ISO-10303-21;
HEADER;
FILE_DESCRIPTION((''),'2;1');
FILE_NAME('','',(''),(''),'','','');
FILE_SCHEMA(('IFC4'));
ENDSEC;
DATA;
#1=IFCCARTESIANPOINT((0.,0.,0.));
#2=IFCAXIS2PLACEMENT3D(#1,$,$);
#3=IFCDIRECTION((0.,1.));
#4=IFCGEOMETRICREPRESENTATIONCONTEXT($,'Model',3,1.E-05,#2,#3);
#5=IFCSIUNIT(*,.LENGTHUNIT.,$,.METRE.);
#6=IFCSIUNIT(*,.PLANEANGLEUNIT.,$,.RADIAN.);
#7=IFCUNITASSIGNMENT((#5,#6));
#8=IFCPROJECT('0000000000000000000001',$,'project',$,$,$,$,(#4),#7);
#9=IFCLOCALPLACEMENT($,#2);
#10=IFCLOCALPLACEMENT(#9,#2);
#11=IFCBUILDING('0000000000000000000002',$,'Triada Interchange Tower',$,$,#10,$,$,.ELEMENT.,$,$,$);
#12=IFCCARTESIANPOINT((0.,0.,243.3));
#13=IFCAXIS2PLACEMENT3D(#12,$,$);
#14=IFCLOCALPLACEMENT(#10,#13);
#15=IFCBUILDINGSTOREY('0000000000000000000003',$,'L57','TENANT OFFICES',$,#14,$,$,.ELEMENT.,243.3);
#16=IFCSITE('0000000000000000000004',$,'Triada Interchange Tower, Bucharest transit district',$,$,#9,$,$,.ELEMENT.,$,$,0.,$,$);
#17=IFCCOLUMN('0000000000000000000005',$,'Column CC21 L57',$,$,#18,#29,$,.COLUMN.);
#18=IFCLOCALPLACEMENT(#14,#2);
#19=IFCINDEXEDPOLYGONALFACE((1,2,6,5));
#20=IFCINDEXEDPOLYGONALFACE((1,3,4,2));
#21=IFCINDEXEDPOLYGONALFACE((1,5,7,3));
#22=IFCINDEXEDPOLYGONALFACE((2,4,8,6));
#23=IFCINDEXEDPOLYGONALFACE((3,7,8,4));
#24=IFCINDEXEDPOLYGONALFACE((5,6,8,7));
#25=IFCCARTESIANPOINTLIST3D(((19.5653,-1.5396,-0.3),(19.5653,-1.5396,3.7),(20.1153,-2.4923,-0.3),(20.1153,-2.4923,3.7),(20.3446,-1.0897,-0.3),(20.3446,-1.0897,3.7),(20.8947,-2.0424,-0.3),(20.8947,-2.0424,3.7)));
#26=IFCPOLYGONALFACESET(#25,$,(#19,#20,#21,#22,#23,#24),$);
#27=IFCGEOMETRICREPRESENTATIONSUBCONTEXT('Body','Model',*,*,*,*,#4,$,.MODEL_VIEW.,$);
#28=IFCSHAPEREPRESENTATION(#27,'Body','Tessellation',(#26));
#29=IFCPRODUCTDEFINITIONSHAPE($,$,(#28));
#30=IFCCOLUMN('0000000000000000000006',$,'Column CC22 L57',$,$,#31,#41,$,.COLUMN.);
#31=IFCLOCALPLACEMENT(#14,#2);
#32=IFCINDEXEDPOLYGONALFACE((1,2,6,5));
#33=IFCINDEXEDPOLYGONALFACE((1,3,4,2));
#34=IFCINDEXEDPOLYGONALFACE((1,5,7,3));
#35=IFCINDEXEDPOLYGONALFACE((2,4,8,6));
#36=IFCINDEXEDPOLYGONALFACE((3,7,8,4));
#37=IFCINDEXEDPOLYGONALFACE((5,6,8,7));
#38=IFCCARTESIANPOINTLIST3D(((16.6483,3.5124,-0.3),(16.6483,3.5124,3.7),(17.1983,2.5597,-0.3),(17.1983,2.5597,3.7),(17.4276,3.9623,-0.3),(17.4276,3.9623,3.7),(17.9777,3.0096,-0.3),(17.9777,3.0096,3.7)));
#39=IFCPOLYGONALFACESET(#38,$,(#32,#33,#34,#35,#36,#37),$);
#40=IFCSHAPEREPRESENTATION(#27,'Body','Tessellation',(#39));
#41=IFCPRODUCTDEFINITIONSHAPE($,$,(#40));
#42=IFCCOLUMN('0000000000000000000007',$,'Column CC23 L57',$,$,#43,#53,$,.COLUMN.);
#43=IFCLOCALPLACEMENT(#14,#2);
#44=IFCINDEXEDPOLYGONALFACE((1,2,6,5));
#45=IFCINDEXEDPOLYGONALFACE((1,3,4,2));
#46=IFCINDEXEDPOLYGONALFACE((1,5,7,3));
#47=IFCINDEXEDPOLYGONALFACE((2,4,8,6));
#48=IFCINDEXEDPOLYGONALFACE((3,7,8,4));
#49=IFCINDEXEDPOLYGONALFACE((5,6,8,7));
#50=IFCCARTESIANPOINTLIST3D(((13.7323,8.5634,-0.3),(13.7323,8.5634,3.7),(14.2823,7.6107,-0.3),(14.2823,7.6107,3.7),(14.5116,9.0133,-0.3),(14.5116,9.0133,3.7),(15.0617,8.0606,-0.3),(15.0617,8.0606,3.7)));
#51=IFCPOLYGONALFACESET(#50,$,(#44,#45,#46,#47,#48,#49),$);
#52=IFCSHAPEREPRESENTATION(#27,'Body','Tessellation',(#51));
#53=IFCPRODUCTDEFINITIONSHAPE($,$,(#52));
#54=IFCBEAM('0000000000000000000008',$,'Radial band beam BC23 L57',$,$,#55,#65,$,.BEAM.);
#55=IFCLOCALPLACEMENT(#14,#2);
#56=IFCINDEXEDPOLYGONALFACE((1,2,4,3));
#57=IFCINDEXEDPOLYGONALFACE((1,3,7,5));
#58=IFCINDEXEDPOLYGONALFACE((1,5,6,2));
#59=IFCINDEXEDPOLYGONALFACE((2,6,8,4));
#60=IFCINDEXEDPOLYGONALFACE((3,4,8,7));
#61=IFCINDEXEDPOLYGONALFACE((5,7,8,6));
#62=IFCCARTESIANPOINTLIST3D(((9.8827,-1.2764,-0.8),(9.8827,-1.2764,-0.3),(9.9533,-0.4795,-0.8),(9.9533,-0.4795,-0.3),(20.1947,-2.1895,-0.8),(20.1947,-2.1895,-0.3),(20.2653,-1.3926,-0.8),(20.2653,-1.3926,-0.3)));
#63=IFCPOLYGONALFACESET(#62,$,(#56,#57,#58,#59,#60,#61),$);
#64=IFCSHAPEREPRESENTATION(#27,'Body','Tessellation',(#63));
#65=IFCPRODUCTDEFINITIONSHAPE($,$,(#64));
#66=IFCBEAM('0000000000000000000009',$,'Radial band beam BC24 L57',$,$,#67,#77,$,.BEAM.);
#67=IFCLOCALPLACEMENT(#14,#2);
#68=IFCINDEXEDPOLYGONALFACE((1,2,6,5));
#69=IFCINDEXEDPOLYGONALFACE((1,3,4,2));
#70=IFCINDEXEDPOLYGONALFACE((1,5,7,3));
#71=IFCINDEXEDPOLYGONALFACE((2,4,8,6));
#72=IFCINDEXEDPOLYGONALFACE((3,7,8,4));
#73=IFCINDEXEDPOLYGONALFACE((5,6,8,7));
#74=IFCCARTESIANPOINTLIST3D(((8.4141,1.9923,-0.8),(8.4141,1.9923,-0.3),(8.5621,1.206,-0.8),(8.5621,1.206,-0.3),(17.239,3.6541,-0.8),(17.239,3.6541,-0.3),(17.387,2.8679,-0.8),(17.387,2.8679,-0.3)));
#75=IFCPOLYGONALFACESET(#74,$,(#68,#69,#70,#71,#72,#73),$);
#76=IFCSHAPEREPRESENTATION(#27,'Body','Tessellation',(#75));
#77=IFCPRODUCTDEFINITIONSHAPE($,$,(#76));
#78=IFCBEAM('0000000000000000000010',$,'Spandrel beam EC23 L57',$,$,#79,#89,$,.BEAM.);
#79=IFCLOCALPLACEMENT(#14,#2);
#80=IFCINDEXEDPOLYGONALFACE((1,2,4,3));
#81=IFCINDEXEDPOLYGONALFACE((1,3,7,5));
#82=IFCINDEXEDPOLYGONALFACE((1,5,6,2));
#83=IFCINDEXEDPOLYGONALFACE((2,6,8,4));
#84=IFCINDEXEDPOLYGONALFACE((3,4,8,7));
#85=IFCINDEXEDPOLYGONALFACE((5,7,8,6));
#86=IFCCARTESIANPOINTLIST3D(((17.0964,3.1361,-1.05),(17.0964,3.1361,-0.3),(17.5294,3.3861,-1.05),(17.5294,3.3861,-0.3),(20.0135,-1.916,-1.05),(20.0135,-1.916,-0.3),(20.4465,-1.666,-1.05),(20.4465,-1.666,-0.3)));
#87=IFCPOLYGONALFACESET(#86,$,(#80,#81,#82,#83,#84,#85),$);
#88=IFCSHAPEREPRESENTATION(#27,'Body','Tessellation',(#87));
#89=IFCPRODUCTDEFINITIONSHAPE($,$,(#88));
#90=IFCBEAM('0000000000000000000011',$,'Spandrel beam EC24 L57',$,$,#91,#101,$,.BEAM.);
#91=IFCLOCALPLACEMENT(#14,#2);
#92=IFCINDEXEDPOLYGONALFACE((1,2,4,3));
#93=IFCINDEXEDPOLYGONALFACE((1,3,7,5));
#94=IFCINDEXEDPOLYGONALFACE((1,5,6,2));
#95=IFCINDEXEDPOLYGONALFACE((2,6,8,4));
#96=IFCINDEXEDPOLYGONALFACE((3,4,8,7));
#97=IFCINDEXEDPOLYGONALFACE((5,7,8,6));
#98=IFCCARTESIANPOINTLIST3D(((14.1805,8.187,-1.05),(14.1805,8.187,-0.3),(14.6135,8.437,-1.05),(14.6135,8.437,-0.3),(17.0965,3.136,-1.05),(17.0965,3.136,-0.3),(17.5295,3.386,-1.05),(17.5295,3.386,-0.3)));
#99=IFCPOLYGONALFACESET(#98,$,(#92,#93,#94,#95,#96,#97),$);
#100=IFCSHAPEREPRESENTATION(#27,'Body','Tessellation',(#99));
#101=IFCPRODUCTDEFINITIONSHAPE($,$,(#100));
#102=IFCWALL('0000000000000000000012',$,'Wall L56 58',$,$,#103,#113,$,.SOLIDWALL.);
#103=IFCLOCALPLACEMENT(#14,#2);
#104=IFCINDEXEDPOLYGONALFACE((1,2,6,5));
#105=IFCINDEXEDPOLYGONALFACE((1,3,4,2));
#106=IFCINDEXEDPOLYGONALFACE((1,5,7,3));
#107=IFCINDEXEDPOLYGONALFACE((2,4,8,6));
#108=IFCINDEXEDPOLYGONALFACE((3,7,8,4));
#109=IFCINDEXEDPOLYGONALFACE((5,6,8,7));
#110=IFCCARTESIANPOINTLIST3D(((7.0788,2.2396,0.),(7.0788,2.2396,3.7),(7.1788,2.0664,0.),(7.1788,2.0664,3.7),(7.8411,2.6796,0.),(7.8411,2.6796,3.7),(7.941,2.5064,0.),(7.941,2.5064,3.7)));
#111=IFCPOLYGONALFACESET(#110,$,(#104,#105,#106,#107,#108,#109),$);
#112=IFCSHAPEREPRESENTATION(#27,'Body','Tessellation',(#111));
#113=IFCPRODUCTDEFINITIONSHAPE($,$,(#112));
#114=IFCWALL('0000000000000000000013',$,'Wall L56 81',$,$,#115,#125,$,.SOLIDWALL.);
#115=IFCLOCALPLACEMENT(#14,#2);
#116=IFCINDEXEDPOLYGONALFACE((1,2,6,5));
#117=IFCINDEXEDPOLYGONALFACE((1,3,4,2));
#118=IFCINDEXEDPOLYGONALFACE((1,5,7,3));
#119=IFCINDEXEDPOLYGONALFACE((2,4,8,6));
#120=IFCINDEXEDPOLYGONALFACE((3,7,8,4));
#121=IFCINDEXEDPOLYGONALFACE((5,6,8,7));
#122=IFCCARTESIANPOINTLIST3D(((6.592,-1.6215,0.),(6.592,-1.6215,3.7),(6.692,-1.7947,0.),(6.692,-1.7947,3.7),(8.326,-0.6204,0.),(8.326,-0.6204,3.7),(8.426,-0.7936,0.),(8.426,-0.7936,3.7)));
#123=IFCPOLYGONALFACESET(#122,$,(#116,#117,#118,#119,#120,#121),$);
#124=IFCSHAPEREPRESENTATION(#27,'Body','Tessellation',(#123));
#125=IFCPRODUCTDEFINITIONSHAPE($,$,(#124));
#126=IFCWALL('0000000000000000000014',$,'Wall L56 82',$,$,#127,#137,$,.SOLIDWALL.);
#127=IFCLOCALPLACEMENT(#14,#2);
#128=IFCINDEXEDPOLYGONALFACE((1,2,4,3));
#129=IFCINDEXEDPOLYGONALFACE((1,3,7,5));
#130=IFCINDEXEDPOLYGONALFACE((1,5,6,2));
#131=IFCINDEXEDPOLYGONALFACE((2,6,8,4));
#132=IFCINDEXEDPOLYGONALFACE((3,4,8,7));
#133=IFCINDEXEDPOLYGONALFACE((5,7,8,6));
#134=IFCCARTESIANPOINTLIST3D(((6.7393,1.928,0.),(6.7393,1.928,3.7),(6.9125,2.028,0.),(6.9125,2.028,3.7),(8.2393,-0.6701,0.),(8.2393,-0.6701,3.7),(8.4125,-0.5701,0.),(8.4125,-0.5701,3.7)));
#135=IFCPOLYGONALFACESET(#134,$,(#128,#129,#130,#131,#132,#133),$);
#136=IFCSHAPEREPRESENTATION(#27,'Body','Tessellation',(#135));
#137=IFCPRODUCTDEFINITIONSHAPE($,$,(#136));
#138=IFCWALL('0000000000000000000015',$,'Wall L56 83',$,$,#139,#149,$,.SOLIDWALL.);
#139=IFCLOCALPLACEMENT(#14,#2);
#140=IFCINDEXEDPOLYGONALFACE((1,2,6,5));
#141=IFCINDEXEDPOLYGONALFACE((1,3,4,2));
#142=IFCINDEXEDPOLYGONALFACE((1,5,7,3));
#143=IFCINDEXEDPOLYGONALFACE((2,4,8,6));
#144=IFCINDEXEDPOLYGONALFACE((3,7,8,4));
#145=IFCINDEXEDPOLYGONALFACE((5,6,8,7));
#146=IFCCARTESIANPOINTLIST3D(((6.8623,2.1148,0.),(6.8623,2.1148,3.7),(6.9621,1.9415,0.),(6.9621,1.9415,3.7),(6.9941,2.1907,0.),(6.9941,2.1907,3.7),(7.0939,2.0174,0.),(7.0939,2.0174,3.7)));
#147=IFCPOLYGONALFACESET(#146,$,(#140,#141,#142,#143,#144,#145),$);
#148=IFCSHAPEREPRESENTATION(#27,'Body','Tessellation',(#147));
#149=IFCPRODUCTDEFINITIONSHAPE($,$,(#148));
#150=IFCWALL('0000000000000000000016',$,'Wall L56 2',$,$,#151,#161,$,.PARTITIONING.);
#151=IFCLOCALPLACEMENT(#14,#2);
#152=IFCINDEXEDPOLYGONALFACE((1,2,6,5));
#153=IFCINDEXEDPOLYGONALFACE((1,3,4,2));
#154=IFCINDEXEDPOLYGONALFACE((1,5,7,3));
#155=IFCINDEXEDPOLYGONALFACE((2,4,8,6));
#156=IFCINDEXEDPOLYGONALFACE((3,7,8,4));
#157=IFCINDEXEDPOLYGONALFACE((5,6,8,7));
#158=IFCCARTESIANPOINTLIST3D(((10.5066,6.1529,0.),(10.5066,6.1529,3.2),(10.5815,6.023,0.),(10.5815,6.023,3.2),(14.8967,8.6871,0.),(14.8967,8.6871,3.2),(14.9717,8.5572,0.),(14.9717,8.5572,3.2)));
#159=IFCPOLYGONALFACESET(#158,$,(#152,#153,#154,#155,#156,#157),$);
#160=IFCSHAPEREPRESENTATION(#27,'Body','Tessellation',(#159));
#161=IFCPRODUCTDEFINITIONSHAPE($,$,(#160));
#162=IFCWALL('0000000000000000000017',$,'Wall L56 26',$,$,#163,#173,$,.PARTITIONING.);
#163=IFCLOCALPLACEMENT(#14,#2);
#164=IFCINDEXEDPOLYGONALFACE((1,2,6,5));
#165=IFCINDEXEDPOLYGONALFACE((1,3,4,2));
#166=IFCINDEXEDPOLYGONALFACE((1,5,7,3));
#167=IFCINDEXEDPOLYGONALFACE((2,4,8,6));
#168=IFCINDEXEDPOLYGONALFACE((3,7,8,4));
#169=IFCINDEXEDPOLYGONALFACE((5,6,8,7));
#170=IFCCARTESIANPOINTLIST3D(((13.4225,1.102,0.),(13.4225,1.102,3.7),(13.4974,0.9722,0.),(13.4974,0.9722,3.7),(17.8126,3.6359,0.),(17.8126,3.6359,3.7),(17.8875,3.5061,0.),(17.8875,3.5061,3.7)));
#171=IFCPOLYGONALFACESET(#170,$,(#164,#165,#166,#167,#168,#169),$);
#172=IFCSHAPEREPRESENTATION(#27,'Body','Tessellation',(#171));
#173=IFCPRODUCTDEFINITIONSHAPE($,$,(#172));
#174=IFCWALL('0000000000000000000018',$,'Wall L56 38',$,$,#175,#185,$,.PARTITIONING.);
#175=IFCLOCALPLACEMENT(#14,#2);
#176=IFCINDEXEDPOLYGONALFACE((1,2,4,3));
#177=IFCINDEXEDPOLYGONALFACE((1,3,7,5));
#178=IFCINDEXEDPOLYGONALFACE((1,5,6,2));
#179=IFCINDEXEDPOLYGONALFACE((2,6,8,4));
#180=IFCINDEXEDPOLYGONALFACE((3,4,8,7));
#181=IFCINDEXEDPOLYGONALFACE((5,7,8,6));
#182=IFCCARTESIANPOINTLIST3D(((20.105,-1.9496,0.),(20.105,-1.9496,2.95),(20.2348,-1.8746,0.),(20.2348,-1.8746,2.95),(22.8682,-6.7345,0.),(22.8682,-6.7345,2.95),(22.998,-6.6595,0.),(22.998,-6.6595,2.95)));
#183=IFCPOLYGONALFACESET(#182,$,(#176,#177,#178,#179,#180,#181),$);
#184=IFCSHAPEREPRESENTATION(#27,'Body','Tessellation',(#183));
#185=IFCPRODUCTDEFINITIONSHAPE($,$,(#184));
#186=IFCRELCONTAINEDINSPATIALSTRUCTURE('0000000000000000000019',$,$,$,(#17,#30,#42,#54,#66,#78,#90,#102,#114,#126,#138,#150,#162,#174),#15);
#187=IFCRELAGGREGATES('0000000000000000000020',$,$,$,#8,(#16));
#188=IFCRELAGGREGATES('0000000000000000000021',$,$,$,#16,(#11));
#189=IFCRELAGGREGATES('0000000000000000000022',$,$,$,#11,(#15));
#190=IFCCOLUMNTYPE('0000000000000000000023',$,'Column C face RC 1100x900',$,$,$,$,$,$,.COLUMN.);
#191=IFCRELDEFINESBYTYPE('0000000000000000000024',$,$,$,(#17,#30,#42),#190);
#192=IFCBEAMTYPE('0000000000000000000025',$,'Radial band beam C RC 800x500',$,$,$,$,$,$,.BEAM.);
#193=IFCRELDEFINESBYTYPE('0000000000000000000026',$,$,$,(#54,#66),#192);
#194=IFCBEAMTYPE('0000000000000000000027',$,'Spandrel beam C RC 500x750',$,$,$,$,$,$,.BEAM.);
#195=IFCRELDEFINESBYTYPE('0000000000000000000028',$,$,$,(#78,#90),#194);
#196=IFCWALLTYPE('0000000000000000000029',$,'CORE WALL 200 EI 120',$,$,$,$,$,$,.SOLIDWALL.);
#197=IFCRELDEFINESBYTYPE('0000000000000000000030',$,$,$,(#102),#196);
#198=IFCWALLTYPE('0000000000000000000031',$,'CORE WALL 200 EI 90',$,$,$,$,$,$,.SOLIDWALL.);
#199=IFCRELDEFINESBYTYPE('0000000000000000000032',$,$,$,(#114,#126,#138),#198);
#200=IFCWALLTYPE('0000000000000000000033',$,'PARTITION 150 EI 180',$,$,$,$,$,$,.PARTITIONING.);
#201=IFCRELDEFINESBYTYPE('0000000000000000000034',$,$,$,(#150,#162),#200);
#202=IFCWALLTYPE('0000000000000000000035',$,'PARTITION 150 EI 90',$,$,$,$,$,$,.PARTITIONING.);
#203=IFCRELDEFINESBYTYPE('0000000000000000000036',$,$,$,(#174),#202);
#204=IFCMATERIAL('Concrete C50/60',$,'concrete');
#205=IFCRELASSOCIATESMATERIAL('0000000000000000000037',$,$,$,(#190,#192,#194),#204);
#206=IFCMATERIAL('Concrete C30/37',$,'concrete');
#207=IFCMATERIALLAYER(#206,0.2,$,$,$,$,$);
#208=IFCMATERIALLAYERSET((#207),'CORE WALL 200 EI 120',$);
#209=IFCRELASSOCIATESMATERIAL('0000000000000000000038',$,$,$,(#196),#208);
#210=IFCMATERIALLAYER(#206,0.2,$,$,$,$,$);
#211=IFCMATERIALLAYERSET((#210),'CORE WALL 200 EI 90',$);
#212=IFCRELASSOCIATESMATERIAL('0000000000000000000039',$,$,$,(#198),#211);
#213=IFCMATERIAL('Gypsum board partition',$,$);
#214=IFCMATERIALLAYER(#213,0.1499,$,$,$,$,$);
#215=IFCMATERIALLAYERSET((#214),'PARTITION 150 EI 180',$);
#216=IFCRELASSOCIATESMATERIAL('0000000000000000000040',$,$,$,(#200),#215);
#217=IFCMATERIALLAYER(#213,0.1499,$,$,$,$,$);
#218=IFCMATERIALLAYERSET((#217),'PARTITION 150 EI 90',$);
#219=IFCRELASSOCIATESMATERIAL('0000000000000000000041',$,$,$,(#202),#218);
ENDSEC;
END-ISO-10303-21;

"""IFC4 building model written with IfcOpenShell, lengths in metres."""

from ifc_helpers import new_model, si_unit, direction, frame, frame_2d, origin, origin_2d, place, context, subcontext, project, spatial, rectangle, extrude, material, layer, layer_set, material_profile, profile_set, type_object, element, save


model = new_model("IFC4")

# Units and contexts
model_context = context("Model", 3, precision=1e-05, world=origin(), true_north=direction((0.0, 1.0)))
body_context = subcontext(model_context, "Body", "Model", "MODEL_VIEW")
ifc_project = project(units=[si_unit("LENGTHUNIT", "METRE"), si_unit("PLANEANGLEUNIT", "RADIAN")], contexts=[model_context])

# Site, building, storey
site_placement = place(None, origin())
site = spatial("IfcSite", under=ifc_project, at=site_placement, Name="Triada Interchange Tower, Bucharest transit district", CompositionType="ELEMENT", RefElevation=0.0)
building_placement = place(site_placement, origin())
building = spatial("IfcBuilding", under=site, at=building_placement, Name="Triada Interchange Tower", CompositionType="ELEMENT")
storey_placement = place(building_placement, frame((0.0, 0.0, 243.3)))
storey = spatial("IfcBuildingStorey", under=building, at=storey_placement, Name="L57", Description="TENANT OFFICES", CompositionType="ELEMENT", Elevation=243.3)

# Columns
ifc_material_1 = material(Name="Concrete C50/60", Category="concrete")
ifc_material_profile_1 = material_profile(ifc_material_1, rectangle(XDim=1.1001, YDim=0.8999, at=origin_2d()), Name="RC 1100x900")
ifc_profile_set_1 = profile_set([ifc_material_profile_1], Name="Concrete C50/60")
column_type = type_object("IfcColumnType", Name="Column C face RC 1100x900", PredefinedType="COLUMN", material=ifc_profile_set_1)
for number, where, z_axis, x_axis, name in (
    (1, (20.23, -1.791, -0.3), (0.0, 0.0, 1.0), (-0.5, 0.866025, 0.0), "Column CC21 L57"),
    (2, (17.313, 3.261, -0.3), (0.0, 0.0, 1.0), (-0.5, 0.866025, 0.0), "Column CC22 L57"),
    (3, (14.397, 8.312, -0.3), (0.0, 0.0, 1.0), (-0.5, 0.866025, 0.0), "Column CC23 L57"),
):
    element("IfcColumn", number, at=place(storey_placement, frame(where, z_axis=z_axis, x_axis=x_axis)), inside=storey, type_object=column_type, Name=name, PredefinedType="COLUMN", context=body_context, shape_type="SweptSolid", body=[
        extrude(rectangle(XDim=1.1001, YDim=0.8999, at=origin_2d()), origin(), (0.0, 0.0, 1.0), 4.0),
    ])

# Beams
ifc_material_profile_2 = material_profile(ifc_material_1, rectangle(XDim=0.8, YDim=0.5, at=origin_2d()), Name="RC 800x500")
ifc_profile_set_2 = profile_set([ifc_material_profile_2], Name="Concrete C50/60")
beam_type_1 = type_object("IfcBeamType", Name="Radial band beam C RC 800x500", PredefinedType="BEAM", material=ifc_profile_set_2)
beam_1_placement = place(storey_placement, frame((20.23, -1.791, -0.55), z_axis=(-0.996103, 0.088201, 0.0), x_axis=(-0.088201, -0.996103, 0.0)))
element("IfcBeam", 4, at=beam_1_placement, inside=storey, type_object=beam_type_1, Name="Radial band beam BC23 L57", PredefinedType="BEAM", context=body_context, shape_type="SweptSolid", body=[
    extrude(rectangle(XDim=0.8, YDim=0.5, at=origin_2d()), origin(), (0.0, 0.0, 1.0), 10.3523),
])
beam_2_placement = place(storey_placement, frame((17.313, 3.261, -0.55), z_axis=(-0.982727, -0.185062, 0.0), x_axis=(0.185062, -0.982727, 0.0)))
element("IfcBeam", 5, at=beam_2_placement, inside=storey, type_object=beam_type_1, Name="Radial band beam BC24 L57", PredefinedType="BEAM", context=body_context, shape_type="SweptSolid", body=[
    extrude(rectangle(XDim=0.8, YDim=0.5, at=origin_2d()), origin(), (0.0, 0.0, 1.0), 8.98),
])
ifc_material_profile_3 = material_profile(ifc_material_1, rectangle(XDim=0.5, YDim=0.75, at=origin_2d()), Name="RC 500x750")
ifc_profile_set_3 = profile_set([ifc_material_profile_3], Name="Concrete C50/60")
beam_type_2 = type_object("IfcBeamType", Name="Spandrel beam C RC 500x750", PredefinedType="BEAM", material=ifc_profile_set_3)
beam_3_placement = place(storey_placement, frame((20.23, -1.791, -0.675), z_axis=(-0.500028, 0.866009, 0.0), x_axis=(-0.866009, -0.500028, 0.0)))
element("IfcBeam", 6, at=beam_3_placement, inside=storey, type_object=beam_type_2, Name="Spandrel beam EC23 L57", PredefinedType="BEAM", context=body_context, shape_type="SweptSolid", body=[
    extrude(rectangle(XDim=0.5, YDim=0.75, at=origin_2d()), origin(), (0.0, 0.0, 1.0), 5.8337),
])
beam_4_placement = place(storey_placement, frame((17.313, 3.261, -0.675), z_axis=(-0.499975, 0.86604, 0.0), x_axis=(-0.86604, -0.499975, 0.0)))
element("IfcBeam", 7, at=beam_4_placement, inside=storey, type_object=beam_type_2, Name="Spandrel beam EC24 L57", PredefinedType="BEAM", context=body_context, shape_type="SweptSolid", body=[
    extrude(rectangle(XDim=0.5, YDim=0.75, at=origin_2d()), origin(), (0.0, 0.0, 1.0), 5.8323),
])

# Walls
ifc_material_2 = material(Name="Concrete C30/37", Category="concrete")
ifc_layer_1 = layer(ifc_material_2, 0.2)
ifc_layer_set_1 = layer_set([ifc_layer_1], Name="CORE WALL 200 EI 120")
wall_type_1 = type_object("IfcWallType", Name="CORE WALL 200 EI 120", PredefinedType="SOLIDWALL", material=ifc_layer_set_1)
wall_1_placement = place(storey_placement, frame((7.1289, 2.1531, 0.0), z_axis=(0.0, 0.0, 1.0), x_axis=(0.866084, 0.499899, 0.0)))
element("IfcWall", 8, at=wall_1_placement, inside=storey, type_object=wall_type_1, Name="Wall L56 58", PredefinedType="SOLIDWALL", context=body_context, shape_type="SweptSolid", body=[
    extrude(rectangle(XDim=0.8801, YDim=0.2, at=frame_2d((0.4399, 0.0))), origin(), (0.0, 0.0, 1.0), 3.7),
])
ifc_layer_2 = layer(ifc_material_2, 0.2)
ifc_layer_set_2 = layer_set([ifc_layer_2], Name="CORE WALL 200 EI 90")
wall_type_2 = type_object("IfcWallType", Name="CORE WALL 200 EI 90", PredefinedType="SOLIDWALL", material=ifc_layer_set_2)
wall_2_placement = place(storey_placement, frame((6.6421, -1.708, 0.0), z_axis=(0.0, 0.0, 1.0), x_axis=(0.866043, 0.499969, 0.0)))
element("IfcWall", 9, at=wall_2_placement, inside=storey, type_object=wall_type_2, Name="Wall L56 81", PredefinedType="SOLIDWALL", context=body_context, shape_type="SweptSolid", body=[
    extrude(rectangle(XDim=2.0022, YDim=0.2, at=frame_2d((1.001, 0.0))), origin(), (0.0, 0.0, 1.0), 3.7),
])
wall_3_placement = place(storey_placement, frame((6.8259, 1.978, 0.0), z_axis=(0.0, 0.0, 1.0), x_axis=(0.49999, -0.866031, 0.0)))
element("IfcWall", 10, at=wall_3_placement, inside=storey, type_object=wall_type_2, Name="Wall L56 82", PredefinedType="SOLIDWALL", context=body_context, shape_type="SweptSolid", body=[
    extrude(rectangle(XDim=3.0, YDim=0.2, at=frame_2d((1.5, 0.0))), origin(), (0.0, 0.0, 1.0), 3.7),
])
wall_4_placement = place(storey_placement, frame((6.9121, 2.0281, 0.0), z_axis=(0.0, 0.0, 1.0), x_axis=(0.866559, 0.499074, 0.0)))
element("IfcWall", 11, at=wall_4_placement, inside=storey, type_object=wall_type_2, Name="Wall L56 83", PredefinedType="SOLIDWALL", context=body_context, shape_type="SweptSolid", body=[
    extrude(rectangle(XDim=0.1521, YDim=0.2, at=frame_2d((0.0762, 0.0))), origin(), (0.0, 0.0, 1.0), 3.7),
])
ifc_material_3 = material(Name="Gypsum board partition")
ifc_layer_3 = layer(ifc_material_3, 0.1499)
ifc_layer_set_3 = layer_set([ifc_layer_3], Name="PARTITION 150 EI 180")
wall_type_3 = type_object("IfcWallType", Name="PARTITION 150 EI 180", PredefinedType="PARTITIONING", material=ifc_layer_set_3)
wall_5_placement = place(storey_placement, frame((10.5439, 6.0879, 0.0), z_axis=(0.0, 0.0, 1.0), x_axis=(0.866065, 0.499931, 0.0)))
element("IfcWall", 12, at=wall_5_placement, inside=storey, type_object=wall_type_3, Name="Wall L56 2", PredefinedType="PARTITIONING", context=body_context, shape_type="SweptSolid", body=[
    extrude(rectangle(XDim=5.0691, YDim=0.1499, at=frame_2d((2.5347, 0.0))), origin(), (0.0, 0.0, 1.0), 3.2),
])
wall_6_placement = place(storey_placement, frame((13.46, 1.0371, 0.0), z_axis=(0.0, 0.0, 1.0), x_axis=(0.866086, 0.499895, 0.0)))
element("IfcWall", 13, at=wall_6_placement, inside=storey, type_object=wall_type_3, Name="Wall L56 26", PredefinedType="PARTITIONING", context=body_context, shape_type="SweptSolid", body=[
    extrude(rectangle(XDim=5.0688, YDim=0.1499, at=frame_2d((2.5344, 0.0))), origin(), (0.0, 0.0, 1.0), 3.7),
])
ifc_layer_4 = layer(ifc_material_3, 0.1499)
ifc_layer_set_4 = layer_set([ifc_layer_4], Name="PARTITION 150 EI 90")
wall_type_4 = type_object("IfcWallType", Name="PARTITION 150 EI 90", PredefinedType="PARTITIONING", material=ifc_layer_set_4)
wall_7_placement = place(storey_placement, frame((20.1699, -1.9121, 0.0), z_axis=(0.0, 0.0, 1.0), x_axis=(0.500083, -0.865977, 0.0)))
element("IfcWall", 14, at=wall_7_placement, inside=storey, type_object=wall_type_4, Name="Wall L56 38", PredefinedType="PARTITIONING", context=body_context, shape_type="SweptSolid", body=[
    extrude(rectangle(XDim=5.5254, YDim=0.1499, at=frame_2d((2.7627, 0.0))), origin(), (0.0, 0.0, 1.0), 2.95),
])

save(model, "model.ifc")
